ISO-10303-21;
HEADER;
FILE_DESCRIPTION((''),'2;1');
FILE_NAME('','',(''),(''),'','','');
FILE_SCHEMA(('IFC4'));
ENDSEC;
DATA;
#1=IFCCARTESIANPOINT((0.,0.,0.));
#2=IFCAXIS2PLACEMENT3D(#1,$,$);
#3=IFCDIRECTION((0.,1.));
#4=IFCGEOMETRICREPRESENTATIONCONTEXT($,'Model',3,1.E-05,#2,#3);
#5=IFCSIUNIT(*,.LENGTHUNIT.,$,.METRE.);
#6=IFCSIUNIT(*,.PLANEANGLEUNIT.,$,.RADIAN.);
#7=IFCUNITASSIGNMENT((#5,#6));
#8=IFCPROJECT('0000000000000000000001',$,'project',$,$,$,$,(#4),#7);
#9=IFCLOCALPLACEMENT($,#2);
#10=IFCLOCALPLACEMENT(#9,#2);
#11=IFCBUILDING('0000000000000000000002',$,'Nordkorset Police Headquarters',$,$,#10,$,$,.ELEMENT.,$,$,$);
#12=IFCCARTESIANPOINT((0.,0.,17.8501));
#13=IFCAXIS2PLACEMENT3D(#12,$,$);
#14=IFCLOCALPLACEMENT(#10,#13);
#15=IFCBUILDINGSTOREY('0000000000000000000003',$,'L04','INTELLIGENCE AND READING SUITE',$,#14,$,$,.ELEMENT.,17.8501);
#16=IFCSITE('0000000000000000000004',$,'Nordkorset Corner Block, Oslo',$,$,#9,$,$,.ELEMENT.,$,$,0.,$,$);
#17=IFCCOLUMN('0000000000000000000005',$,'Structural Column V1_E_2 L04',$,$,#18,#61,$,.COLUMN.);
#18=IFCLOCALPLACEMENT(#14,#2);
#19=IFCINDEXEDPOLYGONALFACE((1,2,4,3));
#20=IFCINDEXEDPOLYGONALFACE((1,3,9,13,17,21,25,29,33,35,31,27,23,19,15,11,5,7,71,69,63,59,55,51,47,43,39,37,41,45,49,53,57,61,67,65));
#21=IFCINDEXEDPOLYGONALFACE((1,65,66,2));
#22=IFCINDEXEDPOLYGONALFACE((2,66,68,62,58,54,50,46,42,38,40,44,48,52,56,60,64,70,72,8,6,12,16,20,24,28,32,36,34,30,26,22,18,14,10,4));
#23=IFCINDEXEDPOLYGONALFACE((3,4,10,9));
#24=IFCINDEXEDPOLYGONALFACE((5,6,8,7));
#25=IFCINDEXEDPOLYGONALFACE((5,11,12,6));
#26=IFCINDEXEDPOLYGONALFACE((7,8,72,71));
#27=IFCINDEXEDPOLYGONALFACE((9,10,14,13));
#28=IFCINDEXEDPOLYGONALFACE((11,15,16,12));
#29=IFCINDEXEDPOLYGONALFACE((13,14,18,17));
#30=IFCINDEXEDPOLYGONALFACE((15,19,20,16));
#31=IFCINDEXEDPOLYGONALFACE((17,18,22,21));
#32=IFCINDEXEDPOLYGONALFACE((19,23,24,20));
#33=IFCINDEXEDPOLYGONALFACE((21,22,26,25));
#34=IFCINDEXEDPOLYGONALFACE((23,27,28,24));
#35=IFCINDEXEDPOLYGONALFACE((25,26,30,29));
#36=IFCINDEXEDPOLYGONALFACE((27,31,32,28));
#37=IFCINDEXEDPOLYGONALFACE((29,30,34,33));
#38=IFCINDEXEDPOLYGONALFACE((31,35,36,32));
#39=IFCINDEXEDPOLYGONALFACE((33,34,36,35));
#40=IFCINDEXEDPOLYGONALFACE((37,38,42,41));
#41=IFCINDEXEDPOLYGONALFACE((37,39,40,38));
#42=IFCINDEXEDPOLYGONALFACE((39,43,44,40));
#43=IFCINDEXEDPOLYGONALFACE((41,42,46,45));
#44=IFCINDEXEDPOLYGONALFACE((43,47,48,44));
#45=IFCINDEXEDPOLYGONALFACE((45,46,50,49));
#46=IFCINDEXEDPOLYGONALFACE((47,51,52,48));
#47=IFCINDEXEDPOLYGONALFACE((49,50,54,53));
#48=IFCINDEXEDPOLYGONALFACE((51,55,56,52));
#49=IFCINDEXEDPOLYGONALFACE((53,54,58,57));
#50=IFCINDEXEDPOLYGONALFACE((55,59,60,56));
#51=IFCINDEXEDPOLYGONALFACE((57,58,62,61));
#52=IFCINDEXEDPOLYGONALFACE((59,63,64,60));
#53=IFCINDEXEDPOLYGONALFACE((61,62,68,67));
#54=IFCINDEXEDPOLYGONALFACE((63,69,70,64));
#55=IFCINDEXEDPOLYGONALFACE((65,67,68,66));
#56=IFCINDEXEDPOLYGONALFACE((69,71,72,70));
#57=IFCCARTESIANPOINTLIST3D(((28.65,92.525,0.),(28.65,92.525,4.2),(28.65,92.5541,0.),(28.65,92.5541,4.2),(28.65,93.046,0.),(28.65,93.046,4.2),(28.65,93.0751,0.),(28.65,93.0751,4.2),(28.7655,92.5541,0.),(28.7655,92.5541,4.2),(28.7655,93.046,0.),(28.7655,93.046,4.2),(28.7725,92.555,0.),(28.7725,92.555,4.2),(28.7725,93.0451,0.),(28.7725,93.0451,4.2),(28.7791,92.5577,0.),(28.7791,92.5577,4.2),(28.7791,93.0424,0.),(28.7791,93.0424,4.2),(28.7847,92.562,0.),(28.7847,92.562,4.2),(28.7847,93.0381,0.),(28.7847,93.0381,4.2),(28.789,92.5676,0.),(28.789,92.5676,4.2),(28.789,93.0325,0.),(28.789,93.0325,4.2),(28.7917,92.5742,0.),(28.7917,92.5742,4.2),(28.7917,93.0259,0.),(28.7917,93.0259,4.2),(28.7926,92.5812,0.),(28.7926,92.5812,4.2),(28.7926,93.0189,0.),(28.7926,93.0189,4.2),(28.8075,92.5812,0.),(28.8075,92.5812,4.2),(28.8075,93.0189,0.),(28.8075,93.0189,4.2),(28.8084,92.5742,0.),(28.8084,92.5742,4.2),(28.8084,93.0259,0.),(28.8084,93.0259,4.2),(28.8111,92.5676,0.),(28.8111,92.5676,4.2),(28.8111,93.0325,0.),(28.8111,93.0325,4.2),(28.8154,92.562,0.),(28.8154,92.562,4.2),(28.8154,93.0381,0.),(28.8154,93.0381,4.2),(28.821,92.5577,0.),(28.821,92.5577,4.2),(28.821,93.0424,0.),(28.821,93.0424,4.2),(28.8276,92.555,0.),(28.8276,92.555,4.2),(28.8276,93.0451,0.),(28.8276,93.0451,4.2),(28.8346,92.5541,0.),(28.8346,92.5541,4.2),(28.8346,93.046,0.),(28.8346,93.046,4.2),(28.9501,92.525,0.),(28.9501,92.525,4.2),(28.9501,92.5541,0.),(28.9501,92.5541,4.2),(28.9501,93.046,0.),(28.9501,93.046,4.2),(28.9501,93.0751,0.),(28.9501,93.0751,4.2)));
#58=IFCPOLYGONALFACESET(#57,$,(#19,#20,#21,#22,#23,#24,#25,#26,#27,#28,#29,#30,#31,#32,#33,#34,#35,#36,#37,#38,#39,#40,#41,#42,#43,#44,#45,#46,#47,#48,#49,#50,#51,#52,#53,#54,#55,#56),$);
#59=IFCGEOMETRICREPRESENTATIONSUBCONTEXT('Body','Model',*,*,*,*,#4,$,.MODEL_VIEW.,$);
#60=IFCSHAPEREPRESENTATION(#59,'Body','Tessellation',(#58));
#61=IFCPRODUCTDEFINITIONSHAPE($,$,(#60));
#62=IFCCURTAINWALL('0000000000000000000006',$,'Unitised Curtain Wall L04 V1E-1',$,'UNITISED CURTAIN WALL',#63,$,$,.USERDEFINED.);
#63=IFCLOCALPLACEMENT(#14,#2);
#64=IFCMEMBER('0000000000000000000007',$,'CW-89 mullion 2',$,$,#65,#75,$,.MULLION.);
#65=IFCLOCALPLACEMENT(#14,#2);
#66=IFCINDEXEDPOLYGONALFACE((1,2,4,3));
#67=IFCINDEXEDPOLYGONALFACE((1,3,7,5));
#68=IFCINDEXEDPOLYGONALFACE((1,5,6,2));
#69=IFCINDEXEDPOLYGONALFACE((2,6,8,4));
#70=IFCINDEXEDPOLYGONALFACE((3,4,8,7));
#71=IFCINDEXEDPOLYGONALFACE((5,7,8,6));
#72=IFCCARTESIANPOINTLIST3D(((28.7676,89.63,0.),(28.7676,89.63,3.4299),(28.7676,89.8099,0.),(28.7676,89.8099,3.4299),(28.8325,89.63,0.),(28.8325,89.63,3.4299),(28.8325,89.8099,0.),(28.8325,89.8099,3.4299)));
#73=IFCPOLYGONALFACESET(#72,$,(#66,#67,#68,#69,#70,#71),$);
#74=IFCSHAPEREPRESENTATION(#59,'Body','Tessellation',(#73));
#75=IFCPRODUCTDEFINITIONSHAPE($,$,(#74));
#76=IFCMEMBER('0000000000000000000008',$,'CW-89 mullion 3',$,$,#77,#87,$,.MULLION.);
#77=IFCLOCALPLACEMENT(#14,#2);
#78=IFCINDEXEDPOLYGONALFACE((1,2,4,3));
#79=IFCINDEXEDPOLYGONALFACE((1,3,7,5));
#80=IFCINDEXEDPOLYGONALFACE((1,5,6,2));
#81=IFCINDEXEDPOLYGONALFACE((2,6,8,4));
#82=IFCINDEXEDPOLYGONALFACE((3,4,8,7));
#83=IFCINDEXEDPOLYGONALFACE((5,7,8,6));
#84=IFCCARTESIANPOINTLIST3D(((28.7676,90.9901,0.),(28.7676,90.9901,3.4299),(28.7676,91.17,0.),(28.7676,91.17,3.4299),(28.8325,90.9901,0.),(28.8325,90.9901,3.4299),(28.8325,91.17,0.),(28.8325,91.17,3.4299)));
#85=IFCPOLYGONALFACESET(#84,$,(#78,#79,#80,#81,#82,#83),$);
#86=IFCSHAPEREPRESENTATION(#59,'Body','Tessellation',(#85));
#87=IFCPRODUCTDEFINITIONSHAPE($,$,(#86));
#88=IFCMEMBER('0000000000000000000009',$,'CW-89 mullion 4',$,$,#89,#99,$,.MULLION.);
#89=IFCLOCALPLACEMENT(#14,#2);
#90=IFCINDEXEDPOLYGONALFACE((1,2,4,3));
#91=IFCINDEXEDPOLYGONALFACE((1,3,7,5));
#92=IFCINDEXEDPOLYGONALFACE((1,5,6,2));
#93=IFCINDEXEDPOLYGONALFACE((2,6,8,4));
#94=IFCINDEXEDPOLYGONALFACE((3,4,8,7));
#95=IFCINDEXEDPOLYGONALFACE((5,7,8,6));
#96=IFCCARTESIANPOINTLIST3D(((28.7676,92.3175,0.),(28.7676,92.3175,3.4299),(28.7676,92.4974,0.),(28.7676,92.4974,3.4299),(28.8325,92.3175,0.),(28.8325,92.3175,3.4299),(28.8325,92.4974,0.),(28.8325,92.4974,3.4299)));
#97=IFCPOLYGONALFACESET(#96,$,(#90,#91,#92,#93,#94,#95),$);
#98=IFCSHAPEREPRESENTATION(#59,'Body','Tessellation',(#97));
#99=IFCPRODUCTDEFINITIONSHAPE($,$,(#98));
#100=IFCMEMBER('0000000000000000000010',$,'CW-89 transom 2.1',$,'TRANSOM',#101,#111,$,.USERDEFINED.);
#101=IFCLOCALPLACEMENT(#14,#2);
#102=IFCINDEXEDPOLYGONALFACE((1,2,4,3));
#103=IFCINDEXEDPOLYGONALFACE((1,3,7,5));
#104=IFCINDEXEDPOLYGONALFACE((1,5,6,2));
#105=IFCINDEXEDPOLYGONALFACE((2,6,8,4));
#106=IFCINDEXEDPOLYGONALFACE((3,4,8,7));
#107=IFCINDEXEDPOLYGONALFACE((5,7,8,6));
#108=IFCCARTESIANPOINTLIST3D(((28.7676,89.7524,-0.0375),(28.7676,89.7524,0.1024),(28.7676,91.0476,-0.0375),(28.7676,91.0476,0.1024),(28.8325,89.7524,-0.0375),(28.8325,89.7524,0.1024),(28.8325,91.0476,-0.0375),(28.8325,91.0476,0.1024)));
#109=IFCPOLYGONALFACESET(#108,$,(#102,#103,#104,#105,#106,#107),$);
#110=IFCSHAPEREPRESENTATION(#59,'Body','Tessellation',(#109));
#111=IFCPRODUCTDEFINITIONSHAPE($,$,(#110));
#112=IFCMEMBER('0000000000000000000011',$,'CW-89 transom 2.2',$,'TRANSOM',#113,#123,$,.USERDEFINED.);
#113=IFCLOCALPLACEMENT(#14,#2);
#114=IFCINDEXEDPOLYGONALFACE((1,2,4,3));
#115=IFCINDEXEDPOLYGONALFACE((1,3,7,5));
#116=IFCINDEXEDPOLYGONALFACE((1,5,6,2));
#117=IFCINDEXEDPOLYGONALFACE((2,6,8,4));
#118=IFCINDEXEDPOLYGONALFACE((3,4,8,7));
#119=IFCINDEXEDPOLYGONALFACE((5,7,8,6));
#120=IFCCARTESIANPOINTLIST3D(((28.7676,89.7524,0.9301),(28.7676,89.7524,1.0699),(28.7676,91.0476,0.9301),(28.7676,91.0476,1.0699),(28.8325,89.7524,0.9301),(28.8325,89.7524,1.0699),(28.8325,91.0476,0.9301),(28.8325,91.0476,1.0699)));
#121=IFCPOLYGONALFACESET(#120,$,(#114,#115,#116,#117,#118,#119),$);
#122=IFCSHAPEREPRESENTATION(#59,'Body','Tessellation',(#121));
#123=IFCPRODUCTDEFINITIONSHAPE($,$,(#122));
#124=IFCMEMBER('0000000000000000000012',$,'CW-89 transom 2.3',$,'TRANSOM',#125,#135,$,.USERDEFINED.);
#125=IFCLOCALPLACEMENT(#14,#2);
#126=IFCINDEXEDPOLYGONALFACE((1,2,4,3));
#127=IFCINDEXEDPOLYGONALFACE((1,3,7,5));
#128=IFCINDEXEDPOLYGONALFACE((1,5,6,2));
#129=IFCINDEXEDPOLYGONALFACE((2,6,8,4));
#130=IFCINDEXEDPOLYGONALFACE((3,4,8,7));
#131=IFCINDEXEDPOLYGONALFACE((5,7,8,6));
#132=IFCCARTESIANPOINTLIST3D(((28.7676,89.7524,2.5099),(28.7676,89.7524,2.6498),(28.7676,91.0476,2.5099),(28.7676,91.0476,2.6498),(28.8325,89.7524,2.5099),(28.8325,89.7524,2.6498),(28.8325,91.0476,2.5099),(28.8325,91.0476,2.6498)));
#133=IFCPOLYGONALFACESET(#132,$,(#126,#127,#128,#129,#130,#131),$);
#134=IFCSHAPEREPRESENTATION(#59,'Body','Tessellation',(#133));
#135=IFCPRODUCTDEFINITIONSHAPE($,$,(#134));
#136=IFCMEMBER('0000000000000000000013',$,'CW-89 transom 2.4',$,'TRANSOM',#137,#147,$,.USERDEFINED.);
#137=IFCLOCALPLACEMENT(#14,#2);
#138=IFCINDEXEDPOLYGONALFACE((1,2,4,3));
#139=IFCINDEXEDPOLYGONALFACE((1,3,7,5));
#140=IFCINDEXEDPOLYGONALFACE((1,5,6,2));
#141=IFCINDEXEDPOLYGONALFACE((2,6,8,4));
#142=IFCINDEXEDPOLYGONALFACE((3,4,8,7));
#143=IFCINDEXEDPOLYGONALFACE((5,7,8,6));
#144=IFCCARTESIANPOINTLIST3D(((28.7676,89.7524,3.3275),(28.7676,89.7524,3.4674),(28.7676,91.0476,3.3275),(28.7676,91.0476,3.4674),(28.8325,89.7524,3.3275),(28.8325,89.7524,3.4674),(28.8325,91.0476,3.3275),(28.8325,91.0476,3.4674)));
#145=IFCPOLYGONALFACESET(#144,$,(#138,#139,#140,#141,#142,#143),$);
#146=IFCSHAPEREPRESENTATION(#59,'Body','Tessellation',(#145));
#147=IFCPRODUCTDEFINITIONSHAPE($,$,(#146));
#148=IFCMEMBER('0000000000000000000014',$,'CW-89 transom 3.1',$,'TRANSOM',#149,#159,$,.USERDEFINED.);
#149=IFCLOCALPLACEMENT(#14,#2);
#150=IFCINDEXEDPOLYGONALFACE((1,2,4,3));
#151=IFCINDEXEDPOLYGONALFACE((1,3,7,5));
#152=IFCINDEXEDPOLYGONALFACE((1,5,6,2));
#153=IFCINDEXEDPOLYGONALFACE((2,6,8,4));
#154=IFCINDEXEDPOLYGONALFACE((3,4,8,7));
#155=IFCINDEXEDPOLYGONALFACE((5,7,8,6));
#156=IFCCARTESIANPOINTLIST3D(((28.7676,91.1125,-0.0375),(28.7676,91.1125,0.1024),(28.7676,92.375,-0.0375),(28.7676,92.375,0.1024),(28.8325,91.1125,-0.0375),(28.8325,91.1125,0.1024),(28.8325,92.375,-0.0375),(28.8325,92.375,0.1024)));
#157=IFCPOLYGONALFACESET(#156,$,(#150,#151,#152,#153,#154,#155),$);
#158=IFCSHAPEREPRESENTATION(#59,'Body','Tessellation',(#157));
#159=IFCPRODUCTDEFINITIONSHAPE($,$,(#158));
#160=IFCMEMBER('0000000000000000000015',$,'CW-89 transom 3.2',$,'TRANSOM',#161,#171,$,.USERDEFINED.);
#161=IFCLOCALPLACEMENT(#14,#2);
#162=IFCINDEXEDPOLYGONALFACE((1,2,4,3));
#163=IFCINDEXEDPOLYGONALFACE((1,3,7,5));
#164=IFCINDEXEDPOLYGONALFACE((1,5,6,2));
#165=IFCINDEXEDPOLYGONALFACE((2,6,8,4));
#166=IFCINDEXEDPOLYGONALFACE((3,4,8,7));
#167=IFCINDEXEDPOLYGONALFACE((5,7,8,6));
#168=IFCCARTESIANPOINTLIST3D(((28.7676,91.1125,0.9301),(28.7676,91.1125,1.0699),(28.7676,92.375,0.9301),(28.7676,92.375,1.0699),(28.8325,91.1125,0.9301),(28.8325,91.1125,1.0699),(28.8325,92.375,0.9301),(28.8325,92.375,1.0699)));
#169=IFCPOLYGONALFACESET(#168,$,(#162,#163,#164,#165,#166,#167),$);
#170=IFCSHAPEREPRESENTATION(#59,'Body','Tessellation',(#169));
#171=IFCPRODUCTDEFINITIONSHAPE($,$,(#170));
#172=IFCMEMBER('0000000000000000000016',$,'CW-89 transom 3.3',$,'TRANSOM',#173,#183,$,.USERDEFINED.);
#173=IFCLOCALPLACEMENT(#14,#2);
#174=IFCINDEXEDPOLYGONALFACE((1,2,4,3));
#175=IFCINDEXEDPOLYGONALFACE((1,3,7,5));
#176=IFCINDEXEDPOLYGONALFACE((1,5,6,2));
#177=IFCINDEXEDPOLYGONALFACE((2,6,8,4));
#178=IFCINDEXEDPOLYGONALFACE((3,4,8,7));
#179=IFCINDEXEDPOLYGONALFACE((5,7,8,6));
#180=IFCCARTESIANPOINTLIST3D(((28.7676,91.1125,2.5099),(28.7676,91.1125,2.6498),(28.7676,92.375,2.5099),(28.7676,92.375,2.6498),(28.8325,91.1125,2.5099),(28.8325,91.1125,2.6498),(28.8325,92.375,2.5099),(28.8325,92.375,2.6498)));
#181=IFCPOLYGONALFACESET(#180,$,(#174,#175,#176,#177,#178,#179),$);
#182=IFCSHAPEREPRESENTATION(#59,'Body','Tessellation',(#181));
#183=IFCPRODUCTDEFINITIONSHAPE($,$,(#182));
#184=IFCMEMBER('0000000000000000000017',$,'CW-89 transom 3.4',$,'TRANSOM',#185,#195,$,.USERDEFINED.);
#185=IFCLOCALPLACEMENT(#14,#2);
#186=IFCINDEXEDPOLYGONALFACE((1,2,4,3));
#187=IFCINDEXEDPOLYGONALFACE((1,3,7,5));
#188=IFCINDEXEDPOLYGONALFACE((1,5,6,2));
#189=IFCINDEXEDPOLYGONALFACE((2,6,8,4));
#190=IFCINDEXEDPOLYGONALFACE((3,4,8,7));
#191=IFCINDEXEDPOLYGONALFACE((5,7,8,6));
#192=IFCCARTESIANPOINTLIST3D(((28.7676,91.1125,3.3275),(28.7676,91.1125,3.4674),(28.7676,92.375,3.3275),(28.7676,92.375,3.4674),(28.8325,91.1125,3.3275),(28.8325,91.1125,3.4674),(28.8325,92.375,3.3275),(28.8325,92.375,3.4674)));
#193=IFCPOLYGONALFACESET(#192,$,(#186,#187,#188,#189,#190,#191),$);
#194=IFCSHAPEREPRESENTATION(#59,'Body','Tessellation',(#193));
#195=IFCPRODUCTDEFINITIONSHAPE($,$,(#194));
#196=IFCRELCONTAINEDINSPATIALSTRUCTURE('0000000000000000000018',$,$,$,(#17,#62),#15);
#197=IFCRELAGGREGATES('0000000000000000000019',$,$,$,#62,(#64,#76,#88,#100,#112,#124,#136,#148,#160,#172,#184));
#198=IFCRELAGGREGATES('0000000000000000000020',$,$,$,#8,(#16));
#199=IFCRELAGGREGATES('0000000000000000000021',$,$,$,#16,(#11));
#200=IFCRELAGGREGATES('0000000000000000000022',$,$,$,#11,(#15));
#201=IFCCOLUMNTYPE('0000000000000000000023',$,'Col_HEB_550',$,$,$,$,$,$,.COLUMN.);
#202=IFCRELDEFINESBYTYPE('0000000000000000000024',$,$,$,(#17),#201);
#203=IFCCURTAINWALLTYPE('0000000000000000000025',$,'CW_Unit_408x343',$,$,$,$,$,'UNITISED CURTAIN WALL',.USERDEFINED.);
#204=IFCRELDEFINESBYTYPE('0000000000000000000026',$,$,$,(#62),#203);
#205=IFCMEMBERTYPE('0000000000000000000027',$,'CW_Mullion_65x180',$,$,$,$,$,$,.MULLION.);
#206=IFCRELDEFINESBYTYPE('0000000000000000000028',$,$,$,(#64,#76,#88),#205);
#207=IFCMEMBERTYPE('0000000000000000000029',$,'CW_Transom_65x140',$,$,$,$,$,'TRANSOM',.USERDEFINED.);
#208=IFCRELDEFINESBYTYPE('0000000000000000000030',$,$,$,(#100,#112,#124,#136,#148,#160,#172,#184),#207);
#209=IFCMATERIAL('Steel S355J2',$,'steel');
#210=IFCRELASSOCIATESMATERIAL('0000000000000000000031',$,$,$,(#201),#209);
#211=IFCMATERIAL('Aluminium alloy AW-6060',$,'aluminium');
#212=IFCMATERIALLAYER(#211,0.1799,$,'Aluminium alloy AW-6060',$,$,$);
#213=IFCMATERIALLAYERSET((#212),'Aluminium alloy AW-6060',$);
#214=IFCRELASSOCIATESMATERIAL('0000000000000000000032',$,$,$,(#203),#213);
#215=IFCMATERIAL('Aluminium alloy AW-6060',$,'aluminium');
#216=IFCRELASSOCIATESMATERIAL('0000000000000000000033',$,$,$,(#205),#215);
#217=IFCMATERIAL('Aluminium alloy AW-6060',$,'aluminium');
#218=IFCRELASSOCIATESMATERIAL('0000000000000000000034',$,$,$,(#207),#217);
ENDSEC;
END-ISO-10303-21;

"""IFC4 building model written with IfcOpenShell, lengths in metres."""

from ifc_helpers import new_model, si_unit, direction, frame, origin, origin_2d, place, context, subcontext, project, spatial, rectangle, i_section, extrude, material, layer, layer_set, material_profile, profile_set, type_object, element, aggregate, save


model = new_model("IFC4")

# Units and contexts
model_context = context("Model", 3, precision=1e-05, world=origin(), true_north=direction((0.0, 1.0)))
body_context = subcontext(model_context, "Body", "Model", "MODEL_VIEW")
ifc_project = project(units=[si_unit("LENGTHUNIT", "METRE"), si_unit("PLANEANGLEUNIT", "RADIAN")], contexts=[model_context])

# Site, building, storey
site_placement = place(None, origin())
site = spatial("IfcSite", under=ifc_project, at=site_placement, Name="Nordkorset Corner Block, Oslo", CompositionType="ELEMENT", RefElevation=0.0)
building_placement = place(site_placement, origin())
building = spatial("IfcBuilding", under=site, at=building_placement, Name="Nordkorset Police Headquarters", CompositionType="ELEMENT")
storey_placement = place(building_placement, frame((0.0, 0.0, 17.8501)))
storey = spatial("IfcBuildingStorey", under=building, at=storey_placement, Name="L04", Description="INTELLIGENCE AND READING SUITE", CompositionType="ELEMENT", Elevation=17.8501)

# Column
ifc_material_1 = material(Name="Steel S355J2", Category="steel")
ifc_material_profile_1 = material_profile(ifc_material_1, i_section(OverallWidth=0.3, OverallDepth=0.55, WebThickness=0.0149, FlangeThickness=0.0291, FilletRadius=0.0271, at=origin_2d()), Name="HEB 550")
ifc_profile_set_1 = profile_set([ifc_material_profile_1], Name="Steel S355J2")
column_type = type_object("IfcColumnType", Name="Col_HEB_550", PredefinedType="COLUMN", material=ifc_profile_set_1)
column_placement = place(storey_placement, frame((28.8, 92.8, 0.0), z_axis=(0.0, 0.0, 1.0), x_axis=(1.0, 0.0, 0.0)))
element("IfcColumn", 1, at=column_placement, inside=storey, type_object=column_type, Name="Structural Column V1_E_2 L04", PredefinedType="COLUMN", context=body_context, shape_type="SweptSolid", body=[
    extrude(i_section(OverallWidth=0.3, OverallDepth=0.55, WebThickness=0.0149, FlangeThickness=0.0291, FilletRadius=0.0271, at=origin_2d()), origin(), (0.0, 0.0, 1.0), 4.2),
])

# Curtain wall, members
ifc_material_2 = material(Name="Aluminium alloy AW-6060", Category="aluminium")
ifc_layer_1 = layer(ifc_material_2, 0.1799, Name="Aluminium alloy AW-6060")
ifc_layer_set_1 = layer_set([ifc_layer_1], Name="Aluminium alloy AW-6060")
curtain_wall_type = type_object("IfcCurtainWallType", Name="CW_Unit_408x343", ElementType="UNITISED CURTAIN WALL", PredefinedType="USERDEFINED", material=ifc_layer_set_1)
curtain_wall_placement = place(storey_placement, origin())
curtain_wall = element("IfcCurtainWall", 2, at=curtain_wall_placement, inside=storey, type_object=curtain_wall_type, Name="Unitised Curtain Wall L04 V1E-1", ObjectType="UNITISED CURTAIN WALL", PredefinedType="USERDEFINED")
ifc_material_3 = material(Name="Aluminium alloy AW-6060", Category="aluminium")
ifc_material_profile_2 = material_profile(ifc_material_3, rectangle(XDim=0.0649, YDim=0.1799, at=origin_2d()), Name="ALU MULL 65x180")
ifc_profile_set_2 = profile_set([ifc_material_profile_2], Name="Aluminium alloy AW-6060")
member_type_1 = type_object("IfcMemberType", Name="CW_Mullion_65x180", PredefinedType="MULLION", material=ifc_profile_set_2)
member_1_placement = place(storey_placement, frame((28.8, 89.72, 0.0), z_axis=(0.0, 0.0, 1.0), x_axis=(-1.0, 0.0, 0.0)))
member_1 = element("IfcMember", 3, at=member_1_placement, type_object=member_type_1, Name="CW-89 mullion 2", PredefinedType="MULLION", context=body_context, shape_type="SweptSolid", body=[
    extrude(rectangle(XDim=0.0649, YDim=0.1799, at=origin_2d()), origin(), (0.0, 0.0, 1.0), 3.4299),
])
member_2_placement = place(storey_placement, frame((28.8, 91.0801, 0.0), z_axis=(0.0, 0.0, 1.0), x_axis=(-1.0, 0.0, 0.0)))
member_2 = element("IfcMember", 4, at=member_2_placement, type_object=member_type_1, Name="CW-89 mullion 3", PredefinedType="MULLION", context=body_context, shape_type="SweptSolid", body=[
    extrude(rectangle(XDim=0.0649, YDim=0.1799, at=origin_2d()), origin(), (0.0, 0.0, 1.0), 3.4299),
])
member_3_placement = place(storey_placement, frame((28.8, 92.4075, 0.0), z_axis=(0.0, 0.0, 1.0), x_axis=(-1.0, 0.0, 0.0)))
member_3 = element("IfcMember", 5, at=member_3_placement, type_object=member_type_1, Name="CW-89 mullion 4", PredefinedType="MULLION", context=body_context, shape_type="SweptSolid", body=[
    extrude(rectangle(XDim=0.0649, YDim=0.1799, at=origin_2d()), origin(), (0.0, 0.0, 1.0), 3.4299),
])
ifc_material_4 = material(Name="Aluminium alloy AW-6060", Category="aluminium")
ifc_material_profile_3 = material_profile(ifc_material_4, rectangle(XDim=0.0649, YDim=0.1399, at=origin_2d()), Name="ALU TRAN 65x140")
ifc_profile_set_3 = profile_set([ifc_material_profile_3], Name="Aluminium alloy AW-6060")
member_type_2 = type_object("IfcMemberType", Name="CW_Transom_65x140", ElementType="TRANSOM", PredefinedType="USERDEFINED", material=ifc_profile_set_3)
member_4_placement = place(storey_placement, frame((28.8, 89.7524, 0.0325), z_axis=(0.0, 1.0, 0.0), x_axis=(-1.0, 0.0, 0.0)))
member_4 = element("IfcMember", 6, at=member_4_placement, type_object=member_type_2, Name="CW-89 transom 2.1", ObjectType="TRANSOM", PredefinedType="USERDEFINED", context=body_context, shape_type="SweptSolid", body=[
    extrude(rectangle(XDim=0.0649, YDim=0.1399, at=origin_2d()), origin(), (0.0, 0.0, 1.0), 1.2952),
])
member_5_placement = place(storey_placement, frame((28.8, 89.7524, 1.0), z_axis=(0.0, 1.0, 0.0), x_axis=(-1.0, 0.0, 0.0)))
member_5 = element("IfcMember", 7, at=member_5_placement, type_object=member_type_2, Name="CW-89 transom 2.2", ObjectType="TRANSOM", PredefinedType="USERDEFINED", context=body_context, shape_type="SweptSolid", body=[
    extrude(rectangle(XDim=0.0649, YDim=0.1399, at=origin_2d()), origin(), (0.0, 0.0, 1.0), 1.2952),
])
member_6_placement = place(storey_placement, frame((28.8, 89.7524, 2.5798), z_axis=(0.0, 1.0, 0.0), x_axis=(-1.0, 0.0, 0.0)))
member_6 = element("IfcMember", 8, at=member_6_placement, type_object=member_type_2, Name="CW-89 transom 2.3", ObjectType="TRANSOM", PredefinedType="USERDEFINED", context=body_context, shape_type="SweptSolid", body=[
    extrude(rectangle(XDim=0.0649, YDim=0.1399, at=origin_2d()), origin(), (0.0, 0.0, 1.0), 1.2952),
])
member_7_placement = place(storey_placement, frame((28.8, 89.7524, 3.3975), z_axis=(0.0, 1.0, 0.0), x_axis=(-1.0, 0.0, 0.0)))
member_7 = element("IfcMember", 9, at=member_7_placement, type_object=member_type_2, Name="CW-89 transom 2.4", ObjectType="TRANSOM", PredefinedType="USERDEFINED", context=body_context, shape_type="SweptSolid", body=[
    extrude(rectangle(XDim=0.0649, YDim=0.1399, at=origin_2d()), origin(), (0.0, 0.0, 1.0), 1.2952),
])
member_8_placement = place(storey_placement, frame((28.8, 91.1125, 0.0325), z_axis=(0.0, 1.0, 0.0), x_axis=(-1.0, 0.0, 0.0)))
member_8 = element("IfcMember", 10, at=member_8_placement, type_object=member_type_2, Name="CW-89 transom 3.1", ObjectType="TRANSOM", PredefinedType="USERDEFINED", context=body_context, shape_type="SweptSolid", body=[
    extrude(rectangle(XDim=0.0649, YDim=0.1399, at=origin_2d()), origin(), (0.0, 0.0, 1.0), 1.2625),
])
member_9_placement = place(storey_placement, frame((28.8, 91.1125, 1.0), z_axis=(0.0, 1.0, 0.0), x_axis=(-1.0, 0.0, 0.0)))
member_9 = element("IfcMember", 11, at=member_9_placement, type_object=member_type_2, Name="CW-89 transom 3.2", ObjectType="TRANSOM", PredefinedType="USERDEFINED", context=body_context, shape_type="SweptSolid", body=[
    extrude(rectangle(XDim=0.0649, YDim=0.1399, at=origin_2d()), origin(), (0.0, 0.0, 1.0), 1.2625),
])
member_10_placement = place(storey_placement, frame((28.8, 91.1125, 2.5798), z_axis=(0.0, 1.0, 0.0), x_axis=(-1.0, 0.0, 0.0)))
member_10 = element("IfcMember", 12, at=member_10_placement, type_object=member_type_2, Name="CW-89 transom 3.3", ObjectType="TRANSOM", PredefinedType="USERDEFINED", context=body_context, shape_type="SweptSolid", body=[
    extrude(rectangle(XDim=0.0649, YDim=0.1399, at=origin_2d()), origin(), (0.0, 0.0, 1.0), 1.2625),
])
member_11_placement = place(storey_placement, frame((28.8, 91.1125, 3.3975), z_axis=(0.0, 1.0, 0.0), x_axis=(-1.0, 0.0, 0.0)))
member_11 = element("IfcMember", 13, at=member_11_placement, type_object=member_type_2, Name="CW-89 transom 3.4", ObjectType="TRANSOM", PredefinedType="USERDEFINED", context=body_context, shape_type="SweptSolid", body=[
    extrude(rectangle(XDim=0.0649, YDim=0.1399, at=origin_2d()), origin(), (0.0, 0.0, 1.0), 1.2625),
])
aggregate(curtain_wall, [member_1, member_2, member_3, member_4, member_5, member_6, member_7, member_8, member_9, member_10, member_11])

save(model, "model.ifc")
